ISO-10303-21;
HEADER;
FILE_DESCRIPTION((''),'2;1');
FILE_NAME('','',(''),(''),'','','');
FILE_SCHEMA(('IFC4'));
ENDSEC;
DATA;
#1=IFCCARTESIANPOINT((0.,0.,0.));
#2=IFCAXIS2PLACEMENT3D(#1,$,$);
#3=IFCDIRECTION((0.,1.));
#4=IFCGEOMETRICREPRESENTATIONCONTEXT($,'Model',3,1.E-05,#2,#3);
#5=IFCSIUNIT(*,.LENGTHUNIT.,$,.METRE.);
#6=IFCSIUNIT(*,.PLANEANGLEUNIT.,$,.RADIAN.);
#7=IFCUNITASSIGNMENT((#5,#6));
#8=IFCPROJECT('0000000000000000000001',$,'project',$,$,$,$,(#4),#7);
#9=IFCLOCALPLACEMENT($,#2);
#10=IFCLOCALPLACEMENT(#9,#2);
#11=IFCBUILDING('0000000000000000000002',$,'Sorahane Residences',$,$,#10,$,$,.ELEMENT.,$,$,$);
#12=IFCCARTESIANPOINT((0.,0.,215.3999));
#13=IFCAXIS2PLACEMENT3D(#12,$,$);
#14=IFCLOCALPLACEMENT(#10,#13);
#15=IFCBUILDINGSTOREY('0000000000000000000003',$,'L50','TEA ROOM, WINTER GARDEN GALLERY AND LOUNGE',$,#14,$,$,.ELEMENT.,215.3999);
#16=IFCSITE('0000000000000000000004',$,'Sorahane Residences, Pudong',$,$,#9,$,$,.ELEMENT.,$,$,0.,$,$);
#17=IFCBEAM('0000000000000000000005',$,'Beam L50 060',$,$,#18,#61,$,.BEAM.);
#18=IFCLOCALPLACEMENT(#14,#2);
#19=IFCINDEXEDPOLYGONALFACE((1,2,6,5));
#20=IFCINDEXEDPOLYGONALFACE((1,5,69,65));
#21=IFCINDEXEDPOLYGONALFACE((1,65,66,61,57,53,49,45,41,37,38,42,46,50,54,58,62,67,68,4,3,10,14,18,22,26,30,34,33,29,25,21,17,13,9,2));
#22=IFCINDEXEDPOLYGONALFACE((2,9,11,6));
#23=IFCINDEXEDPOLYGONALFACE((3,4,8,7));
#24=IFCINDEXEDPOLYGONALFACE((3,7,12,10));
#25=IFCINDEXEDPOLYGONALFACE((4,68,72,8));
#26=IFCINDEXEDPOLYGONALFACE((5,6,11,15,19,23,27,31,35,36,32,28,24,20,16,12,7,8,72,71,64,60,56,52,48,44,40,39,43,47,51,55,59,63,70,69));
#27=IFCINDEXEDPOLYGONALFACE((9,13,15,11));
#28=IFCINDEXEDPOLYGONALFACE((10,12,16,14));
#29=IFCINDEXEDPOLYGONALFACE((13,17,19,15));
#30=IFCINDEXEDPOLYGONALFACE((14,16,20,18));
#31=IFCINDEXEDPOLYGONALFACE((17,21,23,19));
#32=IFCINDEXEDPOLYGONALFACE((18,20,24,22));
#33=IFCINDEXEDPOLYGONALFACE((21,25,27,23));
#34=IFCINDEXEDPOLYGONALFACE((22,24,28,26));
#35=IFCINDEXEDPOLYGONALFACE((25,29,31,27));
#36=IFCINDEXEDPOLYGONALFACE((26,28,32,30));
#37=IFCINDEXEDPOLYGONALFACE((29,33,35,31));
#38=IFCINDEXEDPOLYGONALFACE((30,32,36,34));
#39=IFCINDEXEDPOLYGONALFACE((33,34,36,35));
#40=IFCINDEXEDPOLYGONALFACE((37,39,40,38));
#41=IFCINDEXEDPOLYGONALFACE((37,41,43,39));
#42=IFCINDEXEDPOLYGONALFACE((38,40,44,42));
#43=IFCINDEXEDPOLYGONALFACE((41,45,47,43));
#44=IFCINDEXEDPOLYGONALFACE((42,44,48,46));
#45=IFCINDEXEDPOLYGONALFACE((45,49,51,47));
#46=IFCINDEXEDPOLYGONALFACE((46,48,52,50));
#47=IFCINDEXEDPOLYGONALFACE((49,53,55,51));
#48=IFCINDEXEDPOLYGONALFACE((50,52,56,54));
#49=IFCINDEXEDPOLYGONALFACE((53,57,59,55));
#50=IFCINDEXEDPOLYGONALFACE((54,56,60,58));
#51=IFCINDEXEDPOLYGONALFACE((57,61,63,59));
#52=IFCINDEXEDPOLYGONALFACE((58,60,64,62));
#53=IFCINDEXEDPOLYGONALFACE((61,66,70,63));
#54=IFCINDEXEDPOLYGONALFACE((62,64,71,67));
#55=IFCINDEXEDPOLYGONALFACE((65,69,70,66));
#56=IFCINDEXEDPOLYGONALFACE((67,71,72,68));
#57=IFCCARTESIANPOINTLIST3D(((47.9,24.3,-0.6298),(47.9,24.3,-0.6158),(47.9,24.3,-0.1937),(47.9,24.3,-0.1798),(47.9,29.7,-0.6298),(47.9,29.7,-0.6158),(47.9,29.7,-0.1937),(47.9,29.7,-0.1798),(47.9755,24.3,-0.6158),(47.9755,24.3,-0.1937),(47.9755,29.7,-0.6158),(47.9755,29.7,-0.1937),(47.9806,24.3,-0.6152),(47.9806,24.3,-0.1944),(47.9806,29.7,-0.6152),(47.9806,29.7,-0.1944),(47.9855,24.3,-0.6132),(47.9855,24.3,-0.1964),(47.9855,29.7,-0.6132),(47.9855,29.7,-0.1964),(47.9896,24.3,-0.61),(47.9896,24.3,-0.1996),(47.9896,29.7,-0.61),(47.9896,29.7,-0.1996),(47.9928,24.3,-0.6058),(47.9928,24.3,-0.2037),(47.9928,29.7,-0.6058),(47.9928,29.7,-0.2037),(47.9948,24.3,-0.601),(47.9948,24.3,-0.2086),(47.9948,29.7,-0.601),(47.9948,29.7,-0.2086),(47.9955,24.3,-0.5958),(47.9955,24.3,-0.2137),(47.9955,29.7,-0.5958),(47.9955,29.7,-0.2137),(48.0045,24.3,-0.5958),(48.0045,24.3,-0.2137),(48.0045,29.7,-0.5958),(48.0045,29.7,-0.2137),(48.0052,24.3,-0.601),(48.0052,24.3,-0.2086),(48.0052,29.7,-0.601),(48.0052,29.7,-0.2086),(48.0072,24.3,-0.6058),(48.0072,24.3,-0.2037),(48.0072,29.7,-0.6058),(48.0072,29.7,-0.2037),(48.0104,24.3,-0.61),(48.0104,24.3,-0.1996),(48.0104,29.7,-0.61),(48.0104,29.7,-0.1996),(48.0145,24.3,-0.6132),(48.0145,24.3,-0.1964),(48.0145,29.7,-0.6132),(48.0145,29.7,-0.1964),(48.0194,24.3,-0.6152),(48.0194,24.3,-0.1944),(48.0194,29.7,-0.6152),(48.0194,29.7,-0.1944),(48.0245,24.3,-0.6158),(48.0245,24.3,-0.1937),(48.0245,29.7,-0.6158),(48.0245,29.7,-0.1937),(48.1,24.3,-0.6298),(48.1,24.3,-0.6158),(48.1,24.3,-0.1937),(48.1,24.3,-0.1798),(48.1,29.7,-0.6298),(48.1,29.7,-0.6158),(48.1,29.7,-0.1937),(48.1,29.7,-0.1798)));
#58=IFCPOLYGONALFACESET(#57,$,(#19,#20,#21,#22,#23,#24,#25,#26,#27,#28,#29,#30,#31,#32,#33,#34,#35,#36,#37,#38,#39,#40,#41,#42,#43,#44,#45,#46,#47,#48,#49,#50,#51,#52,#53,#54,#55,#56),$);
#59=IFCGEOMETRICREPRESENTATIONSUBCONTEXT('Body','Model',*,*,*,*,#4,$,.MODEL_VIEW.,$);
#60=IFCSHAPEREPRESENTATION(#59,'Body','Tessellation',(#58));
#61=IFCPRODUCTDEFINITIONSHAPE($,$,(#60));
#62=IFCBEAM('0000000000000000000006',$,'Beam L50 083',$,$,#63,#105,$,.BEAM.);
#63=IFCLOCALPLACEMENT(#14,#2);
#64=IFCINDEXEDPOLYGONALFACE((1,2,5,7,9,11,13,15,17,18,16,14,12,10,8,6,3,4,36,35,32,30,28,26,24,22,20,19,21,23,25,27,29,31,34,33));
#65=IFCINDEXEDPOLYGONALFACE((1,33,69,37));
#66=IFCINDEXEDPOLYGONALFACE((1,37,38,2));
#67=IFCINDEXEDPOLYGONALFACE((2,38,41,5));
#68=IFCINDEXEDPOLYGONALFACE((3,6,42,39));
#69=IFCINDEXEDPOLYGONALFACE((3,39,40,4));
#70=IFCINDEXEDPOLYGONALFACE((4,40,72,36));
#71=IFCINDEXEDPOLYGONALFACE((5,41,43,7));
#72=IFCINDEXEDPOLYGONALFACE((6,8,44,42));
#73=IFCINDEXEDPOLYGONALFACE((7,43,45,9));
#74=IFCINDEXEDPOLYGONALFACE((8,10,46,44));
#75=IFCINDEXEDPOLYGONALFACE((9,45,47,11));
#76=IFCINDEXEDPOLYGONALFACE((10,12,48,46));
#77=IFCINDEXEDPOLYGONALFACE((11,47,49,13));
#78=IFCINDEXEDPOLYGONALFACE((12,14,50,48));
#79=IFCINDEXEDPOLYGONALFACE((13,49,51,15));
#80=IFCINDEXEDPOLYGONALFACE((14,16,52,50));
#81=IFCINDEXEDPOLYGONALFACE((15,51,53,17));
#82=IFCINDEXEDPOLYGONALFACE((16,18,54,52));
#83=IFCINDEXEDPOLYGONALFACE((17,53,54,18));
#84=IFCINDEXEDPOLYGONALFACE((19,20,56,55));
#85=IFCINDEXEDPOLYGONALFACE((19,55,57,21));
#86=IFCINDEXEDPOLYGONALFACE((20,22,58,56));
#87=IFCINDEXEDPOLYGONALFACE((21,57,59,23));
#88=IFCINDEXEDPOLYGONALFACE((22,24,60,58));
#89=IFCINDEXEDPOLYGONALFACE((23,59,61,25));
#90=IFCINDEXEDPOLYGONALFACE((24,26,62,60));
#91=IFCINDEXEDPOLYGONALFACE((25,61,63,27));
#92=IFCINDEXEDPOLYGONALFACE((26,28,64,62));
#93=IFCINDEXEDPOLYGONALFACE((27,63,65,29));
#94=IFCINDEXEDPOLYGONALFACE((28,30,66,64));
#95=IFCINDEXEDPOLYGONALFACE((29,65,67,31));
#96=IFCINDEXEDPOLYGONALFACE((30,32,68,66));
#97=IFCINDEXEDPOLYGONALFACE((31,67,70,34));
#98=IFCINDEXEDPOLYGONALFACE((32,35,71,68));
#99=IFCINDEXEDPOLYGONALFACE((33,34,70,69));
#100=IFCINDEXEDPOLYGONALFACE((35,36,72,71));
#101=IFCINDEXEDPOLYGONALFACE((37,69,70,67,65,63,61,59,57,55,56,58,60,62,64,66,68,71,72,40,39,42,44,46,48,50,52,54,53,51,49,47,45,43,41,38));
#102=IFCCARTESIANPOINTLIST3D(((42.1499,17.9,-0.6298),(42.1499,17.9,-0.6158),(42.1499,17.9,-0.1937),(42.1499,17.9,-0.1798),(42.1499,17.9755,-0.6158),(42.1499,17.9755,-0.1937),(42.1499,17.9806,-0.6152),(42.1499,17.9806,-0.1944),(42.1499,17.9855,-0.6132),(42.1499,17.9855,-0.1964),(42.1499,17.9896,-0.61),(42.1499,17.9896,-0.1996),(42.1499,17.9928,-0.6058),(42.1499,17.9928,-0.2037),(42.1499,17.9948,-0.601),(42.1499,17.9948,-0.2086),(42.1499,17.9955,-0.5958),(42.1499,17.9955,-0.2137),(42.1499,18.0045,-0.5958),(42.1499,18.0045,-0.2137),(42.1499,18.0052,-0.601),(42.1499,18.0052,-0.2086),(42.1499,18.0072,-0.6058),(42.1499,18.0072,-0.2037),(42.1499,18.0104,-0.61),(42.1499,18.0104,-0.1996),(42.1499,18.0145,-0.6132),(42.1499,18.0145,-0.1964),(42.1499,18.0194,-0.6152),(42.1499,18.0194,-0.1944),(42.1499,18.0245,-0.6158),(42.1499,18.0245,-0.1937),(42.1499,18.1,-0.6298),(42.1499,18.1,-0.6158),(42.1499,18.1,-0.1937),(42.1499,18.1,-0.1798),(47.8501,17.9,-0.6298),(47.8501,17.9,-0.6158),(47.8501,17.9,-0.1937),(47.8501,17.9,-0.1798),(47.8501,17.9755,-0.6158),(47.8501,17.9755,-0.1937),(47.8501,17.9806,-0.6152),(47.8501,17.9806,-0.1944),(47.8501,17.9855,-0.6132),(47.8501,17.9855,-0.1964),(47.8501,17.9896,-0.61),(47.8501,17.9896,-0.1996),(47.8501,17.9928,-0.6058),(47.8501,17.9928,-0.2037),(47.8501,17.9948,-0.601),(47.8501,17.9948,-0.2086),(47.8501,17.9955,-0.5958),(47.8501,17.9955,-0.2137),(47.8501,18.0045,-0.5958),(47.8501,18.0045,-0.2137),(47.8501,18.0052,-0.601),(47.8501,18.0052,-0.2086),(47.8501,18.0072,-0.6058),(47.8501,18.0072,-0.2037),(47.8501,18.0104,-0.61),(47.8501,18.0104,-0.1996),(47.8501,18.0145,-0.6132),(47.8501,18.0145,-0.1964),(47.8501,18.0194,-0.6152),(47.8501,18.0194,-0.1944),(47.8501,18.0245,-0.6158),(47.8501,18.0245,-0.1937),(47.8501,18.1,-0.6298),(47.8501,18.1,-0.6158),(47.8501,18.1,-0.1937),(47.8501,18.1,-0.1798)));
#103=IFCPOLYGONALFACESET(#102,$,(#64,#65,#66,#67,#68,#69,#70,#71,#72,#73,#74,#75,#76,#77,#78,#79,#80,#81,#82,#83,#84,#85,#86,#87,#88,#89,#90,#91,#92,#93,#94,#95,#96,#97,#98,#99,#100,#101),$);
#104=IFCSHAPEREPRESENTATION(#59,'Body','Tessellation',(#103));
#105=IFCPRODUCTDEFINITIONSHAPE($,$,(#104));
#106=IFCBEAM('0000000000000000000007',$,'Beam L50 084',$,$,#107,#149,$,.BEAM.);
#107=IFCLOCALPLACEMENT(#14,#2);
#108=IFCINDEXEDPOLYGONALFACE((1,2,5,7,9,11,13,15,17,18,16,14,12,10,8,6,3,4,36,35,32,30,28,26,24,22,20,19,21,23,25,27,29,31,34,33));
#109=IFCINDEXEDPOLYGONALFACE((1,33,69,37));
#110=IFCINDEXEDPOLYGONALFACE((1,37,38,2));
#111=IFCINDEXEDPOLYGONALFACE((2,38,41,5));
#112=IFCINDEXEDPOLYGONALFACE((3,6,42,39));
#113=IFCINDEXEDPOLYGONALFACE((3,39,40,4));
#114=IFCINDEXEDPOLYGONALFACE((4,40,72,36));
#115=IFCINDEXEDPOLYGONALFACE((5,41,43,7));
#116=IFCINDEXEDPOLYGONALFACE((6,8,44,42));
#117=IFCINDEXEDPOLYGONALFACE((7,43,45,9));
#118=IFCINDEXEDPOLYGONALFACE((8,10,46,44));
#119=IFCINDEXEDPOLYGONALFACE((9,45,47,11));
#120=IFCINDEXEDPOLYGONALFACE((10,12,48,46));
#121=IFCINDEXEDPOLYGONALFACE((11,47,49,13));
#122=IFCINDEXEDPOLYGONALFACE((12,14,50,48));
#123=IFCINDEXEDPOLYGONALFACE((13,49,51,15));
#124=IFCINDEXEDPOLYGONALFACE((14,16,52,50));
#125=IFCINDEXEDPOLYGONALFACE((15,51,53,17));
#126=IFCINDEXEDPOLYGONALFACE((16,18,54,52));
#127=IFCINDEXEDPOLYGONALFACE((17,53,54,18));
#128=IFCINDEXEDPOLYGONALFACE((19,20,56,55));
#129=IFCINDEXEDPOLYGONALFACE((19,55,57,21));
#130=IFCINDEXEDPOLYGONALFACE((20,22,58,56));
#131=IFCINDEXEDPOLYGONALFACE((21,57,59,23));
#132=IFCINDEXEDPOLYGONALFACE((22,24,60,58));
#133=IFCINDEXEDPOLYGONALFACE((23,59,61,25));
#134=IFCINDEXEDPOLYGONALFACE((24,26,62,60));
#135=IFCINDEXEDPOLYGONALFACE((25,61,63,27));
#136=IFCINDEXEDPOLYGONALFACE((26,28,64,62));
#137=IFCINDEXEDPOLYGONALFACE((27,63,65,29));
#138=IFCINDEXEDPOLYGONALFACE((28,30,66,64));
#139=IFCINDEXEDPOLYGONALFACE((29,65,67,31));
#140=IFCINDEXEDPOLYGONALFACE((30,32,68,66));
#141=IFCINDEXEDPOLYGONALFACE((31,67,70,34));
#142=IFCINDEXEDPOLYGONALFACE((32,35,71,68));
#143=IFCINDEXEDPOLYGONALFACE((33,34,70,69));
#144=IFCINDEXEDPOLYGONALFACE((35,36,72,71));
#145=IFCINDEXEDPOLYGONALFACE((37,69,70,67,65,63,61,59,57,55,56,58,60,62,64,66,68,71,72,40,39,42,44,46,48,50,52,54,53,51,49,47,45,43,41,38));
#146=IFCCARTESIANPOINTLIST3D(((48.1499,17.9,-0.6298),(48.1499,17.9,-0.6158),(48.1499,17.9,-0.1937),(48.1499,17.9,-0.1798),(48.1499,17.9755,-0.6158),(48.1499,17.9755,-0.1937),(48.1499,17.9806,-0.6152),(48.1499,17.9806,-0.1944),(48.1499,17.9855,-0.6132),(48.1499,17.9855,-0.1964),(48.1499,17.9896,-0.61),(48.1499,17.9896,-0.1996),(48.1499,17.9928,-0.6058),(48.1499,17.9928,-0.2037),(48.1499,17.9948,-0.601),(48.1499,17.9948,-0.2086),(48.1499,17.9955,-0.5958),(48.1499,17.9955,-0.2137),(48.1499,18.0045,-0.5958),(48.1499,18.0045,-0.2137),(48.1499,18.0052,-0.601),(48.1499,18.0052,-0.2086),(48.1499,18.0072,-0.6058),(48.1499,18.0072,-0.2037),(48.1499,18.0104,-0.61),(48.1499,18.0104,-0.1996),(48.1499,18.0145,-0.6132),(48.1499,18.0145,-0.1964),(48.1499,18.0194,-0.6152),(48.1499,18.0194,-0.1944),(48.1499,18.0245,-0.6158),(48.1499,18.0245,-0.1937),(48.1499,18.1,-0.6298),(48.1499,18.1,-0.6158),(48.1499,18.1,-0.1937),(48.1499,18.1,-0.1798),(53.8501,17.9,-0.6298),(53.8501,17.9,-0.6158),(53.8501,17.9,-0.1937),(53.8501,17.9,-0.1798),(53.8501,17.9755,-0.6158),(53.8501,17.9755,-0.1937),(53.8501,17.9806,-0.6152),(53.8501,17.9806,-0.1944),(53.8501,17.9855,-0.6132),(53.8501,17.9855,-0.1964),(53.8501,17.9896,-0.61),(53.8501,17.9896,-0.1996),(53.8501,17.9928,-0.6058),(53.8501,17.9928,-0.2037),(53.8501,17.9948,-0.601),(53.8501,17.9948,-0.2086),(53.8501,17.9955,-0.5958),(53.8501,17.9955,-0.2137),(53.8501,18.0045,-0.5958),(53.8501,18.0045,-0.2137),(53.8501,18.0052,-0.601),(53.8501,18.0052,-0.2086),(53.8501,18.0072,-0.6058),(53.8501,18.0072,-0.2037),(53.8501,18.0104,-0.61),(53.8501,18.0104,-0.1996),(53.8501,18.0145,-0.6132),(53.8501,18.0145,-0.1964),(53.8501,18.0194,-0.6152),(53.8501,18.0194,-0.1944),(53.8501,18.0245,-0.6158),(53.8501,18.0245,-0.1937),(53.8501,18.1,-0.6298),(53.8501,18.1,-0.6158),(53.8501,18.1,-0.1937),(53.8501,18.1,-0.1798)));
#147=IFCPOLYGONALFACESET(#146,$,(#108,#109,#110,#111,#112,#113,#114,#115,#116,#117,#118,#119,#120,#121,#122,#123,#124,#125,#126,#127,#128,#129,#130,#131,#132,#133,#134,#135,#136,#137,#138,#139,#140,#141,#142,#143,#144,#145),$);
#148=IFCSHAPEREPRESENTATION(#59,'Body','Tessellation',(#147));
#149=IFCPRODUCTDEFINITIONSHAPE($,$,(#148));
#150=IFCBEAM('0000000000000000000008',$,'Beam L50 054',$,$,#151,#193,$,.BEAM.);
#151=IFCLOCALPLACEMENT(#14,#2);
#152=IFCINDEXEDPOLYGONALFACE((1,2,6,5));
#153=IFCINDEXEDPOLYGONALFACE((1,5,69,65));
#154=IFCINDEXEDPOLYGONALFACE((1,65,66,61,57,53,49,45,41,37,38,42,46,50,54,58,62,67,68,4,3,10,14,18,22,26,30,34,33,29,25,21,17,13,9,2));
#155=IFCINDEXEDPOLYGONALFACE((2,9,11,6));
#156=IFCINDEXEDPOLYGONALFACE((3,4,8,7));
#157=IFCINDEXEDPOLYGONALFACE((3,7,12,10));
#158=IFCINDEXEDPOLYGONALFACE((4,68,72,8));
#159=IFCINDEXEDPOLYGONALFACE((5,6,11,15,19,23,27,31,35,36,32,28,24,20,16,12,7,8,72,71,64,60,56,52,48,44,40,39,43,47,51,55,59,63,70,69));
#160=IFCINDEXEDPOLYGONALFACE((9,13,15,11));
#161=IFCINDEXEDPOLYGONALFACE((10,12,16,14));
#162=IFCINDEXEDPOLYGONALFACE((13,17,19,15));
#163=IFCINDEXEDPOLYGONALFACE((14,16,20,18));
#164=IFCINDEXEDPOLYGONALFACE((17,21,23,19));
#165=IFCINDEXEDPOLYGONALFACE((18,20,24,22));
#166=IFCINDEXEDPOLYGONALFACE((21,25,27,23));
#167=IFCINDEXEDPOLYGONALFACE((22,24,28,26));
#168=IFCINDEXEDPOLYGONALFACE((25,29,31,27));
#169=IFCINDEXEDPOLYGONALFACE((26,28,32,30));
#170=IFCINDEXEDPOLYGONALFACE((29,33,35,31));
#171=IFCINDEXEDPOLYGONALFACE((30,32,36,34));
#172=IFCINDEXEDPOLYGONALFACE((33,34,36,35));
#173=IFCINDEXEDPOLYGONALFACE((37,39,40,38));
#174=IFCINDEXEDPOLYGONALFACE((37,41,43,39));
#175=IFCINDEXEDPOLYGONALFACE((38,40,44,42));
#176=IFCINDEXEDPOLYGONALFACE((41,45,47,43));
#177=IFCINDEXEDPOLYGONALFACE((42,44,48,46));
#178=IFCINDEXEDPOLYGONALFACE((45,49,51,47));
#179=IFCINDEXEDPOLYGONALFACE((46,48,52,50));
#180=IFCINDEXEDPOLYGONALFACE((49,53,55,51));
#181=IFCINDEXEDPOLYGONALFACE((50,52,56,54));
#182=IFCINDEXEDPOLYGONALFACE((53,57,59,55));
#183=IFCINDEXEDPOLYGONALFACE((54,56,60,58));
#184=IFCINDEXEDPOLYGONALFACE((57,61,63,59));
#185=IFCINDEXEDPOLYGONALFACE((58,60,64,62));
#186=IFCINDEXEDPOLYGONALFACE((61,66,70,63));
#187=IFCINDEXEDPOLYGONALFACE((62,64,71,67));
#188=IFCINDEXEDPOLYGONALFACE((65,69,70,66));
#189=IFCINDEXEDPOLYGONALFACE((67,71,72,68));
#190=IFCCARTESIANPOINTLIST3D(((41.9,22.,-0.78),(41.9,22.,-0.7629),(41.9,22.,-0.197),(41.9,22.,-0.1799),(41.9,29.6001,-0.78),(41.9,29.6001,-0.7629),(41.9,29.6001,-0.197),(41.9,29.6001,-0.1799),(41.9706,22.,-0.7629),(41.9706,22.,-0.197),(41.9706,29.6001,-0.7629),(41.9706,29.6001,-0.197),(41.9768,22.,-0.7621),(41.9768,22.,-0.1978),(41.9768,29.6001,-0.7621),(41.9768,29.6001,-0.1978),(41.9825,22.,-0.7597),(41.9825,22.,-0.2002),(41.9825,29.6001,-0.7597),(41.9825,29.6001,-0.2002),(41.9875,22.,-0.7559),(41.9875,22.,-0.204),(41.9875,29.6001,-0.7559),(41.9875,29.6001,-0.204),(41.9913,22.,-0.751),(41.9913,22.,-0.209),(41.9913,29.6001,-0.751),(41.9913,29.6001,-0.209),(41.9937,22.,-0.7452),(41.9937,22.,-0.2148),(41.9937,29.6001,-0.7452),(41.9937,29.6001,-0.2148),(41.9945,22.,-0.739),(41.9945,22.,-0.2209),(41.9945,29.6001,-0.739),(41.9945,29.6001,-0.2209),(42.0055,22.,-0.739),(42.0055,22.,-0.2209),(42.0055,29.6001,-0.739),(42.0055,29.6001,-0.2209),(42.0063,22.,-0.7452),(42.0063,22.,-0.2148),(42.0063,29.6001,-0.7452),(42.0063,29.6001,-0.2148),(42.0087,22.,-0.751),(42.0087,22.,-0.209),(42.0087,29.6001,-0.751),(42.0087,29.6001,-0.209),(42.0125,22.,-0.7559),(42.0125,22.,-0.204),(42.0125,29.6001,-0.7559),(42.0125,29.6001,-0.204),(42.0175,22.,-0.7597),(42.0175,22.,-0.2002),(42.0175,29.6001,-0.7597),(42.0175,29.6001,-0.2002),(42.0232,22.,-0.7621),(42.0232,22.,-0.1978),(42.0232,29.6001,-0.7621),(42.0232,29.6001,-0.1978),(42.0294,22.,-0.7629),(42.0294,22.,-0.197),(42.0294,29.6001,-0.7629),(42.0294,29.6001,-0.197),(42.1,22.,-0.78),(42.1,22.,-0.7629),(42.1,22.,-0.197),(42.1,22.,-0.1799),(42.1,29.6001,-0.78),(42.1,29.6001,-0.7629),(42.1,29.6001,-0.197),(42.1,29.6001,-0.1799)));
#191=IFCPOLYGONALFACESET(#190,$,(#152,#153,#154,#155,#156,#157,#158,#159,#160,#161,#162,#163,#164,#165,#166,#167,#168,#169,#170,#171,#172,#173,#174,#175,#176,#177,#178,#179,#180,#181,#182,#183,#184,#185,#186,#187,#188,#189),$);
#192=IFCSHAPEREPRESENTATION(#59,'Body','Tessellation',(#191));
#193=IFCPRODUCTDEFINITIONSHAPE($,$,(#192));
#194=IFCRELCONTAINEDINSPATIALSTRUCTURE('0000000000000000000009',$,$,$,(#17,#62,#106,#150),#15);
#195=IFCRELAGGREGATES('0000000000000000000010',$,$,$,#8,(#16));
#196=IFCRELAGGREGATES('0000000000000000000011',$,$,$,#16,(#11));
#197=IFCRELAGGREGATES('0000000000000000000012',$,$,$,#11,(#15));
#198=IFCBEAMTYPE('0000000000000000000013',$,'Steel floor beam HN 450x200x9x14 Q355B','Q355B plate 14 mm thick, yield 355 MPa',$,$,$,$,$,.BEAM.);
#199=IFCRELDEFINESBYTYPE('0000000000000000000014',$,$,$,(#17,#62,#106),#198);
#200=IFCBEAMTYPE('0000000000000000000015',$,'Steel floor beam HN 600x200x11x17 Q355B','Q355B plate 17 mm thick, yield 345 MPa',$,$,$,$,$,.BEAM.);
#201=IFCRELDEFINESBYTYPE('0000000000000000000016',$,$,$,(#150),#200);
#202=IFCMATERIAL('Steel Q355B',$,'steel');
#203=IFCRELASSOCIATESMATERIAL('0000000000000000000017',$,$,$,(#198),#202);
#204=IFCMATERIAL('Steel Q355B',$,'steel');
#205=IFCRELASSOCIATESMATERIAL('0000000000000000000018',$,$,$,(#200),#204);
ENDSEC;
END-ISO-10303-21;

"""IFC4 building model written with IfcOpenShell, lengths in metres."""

from ifc_helpers import new_model, si_unit, direction, frame, origin, origin_2d, place, context, subcontext, project, spatial, i_section, extrude, material, material_profile, profile_set, type_object, element, save


model = new_model("IFC4")

# Units and contexts
model_context = context("Model", 3, precision=1e-05, world=origin(), true_north=direction((0.0, 1.0)))
body_context = subcontext(model_context, "Body", "Model", "MODEL_VIEW")
ifc_project = project(units=[si_unit("LENGTHUNIT", "METRE"), si_unit("PLANEANGLEUNIT", "RADIAN")], contexts=[model_context])

# Site, building, storey
site_placement = place(None, origin())
site = spatial("IfcSite", under=ifc_project, at=site_placement, Name="Sorahane Residences, Pudong", CompositionType="ELEMENT", RefElevation=0.0)
building_placement = place(site_placement, origin())
building = spatial("IfcBuilding", under=site, at=building_placement, Name="Sorahane Residences", CompositionType="ELEMENT")
storey_placement = place(building_placement, frame((0.0, 0.0, 215.3999)))
storey = spatial("IfcBuildingStorey", under=building, at=storey_placement, Name="L50", Description="TEA ROOM, WINTER GARDEN GALLERY AND LOUNGE", CompositionType="ELEMENT", Elevation=215.3999)

# Beams
ifc_material_1 = material(Name="Steel Q355B", Category="steel")
ifc_material_profile_1 = material_profile(ifc_material_1, i_section(OverallWidth=0.2, OverallDepth=0.45, WebThickness=0.009, FlangeThickness=0.0139, FilletRadius=0.02, at=origin_2d()), Name="HN 450x200x9x14")
ifc_profile_set_1 = profile_set([ifc_material_profile_1], Name="Steel Q355B")
beam_type_1 = type_object("IfcBeamType", Name="Steel floor beam HN 450x200x9x14 Q355B", Description="Q355B plate 14 mm thick, yield 355 MPa", PredefinedType="BEAM", material=ifc_profile_set_1)
beam_1_placement = place(storey_placement, frame((48.0, 24.3, -0.4048), z_axis=(0.0, 1.0, 0.0), x_axis=(-1.0, 0.0, 0.0)))
element("IfcBeam", 1, at=beam_1_placement, inside=storey, type_object=beam_type_1, Name="Beam L50 060", PredefinedType="BEAM", context=body_context, shape_type="SweptSolid", body=[
    extrude(i_section(OverallWidth=0.2, OverallDepth=0.45, WebThickness=0.009, FlangeThickness=0.0139, FilletRadius=0.02, at=origin_2d()), origin(), (0.0, 0.0, 1.0), 5.3999),
])
for number, where, z_axis, x_axis, name in (
    (2, (42.1499, 18.0, -0.4048), (1.0, 0.0, 0.0), (0.0, 1.0, 0.0), "Beam L50 083"),
    (3, (48.1499, 18.0, -0.4048), (1.0, 0.0, 0.0), (0.0, 1.0, 0.0), "Beam L50 084"),
):
    element("IfcBeam", number, at=place(storey_placement, frame(where, z_axis=z_axis, x_axis=x_axis)), inside=storey, type_object=beam_type_1, Name=name, PredefinedType="BEAM", context=body_context, shape_type="SweptSolid", body=[
        extrude(i_section(OverallWidth=0.2, OverallDepth=0.45, WebThickness=0.009, FlangeThickness=0.0139, FilletRadius=0.02, at=origin_2d()), origin(), (0.0, 0.0, 1.0), 5.7002),
    ])
ifc_material_2 = material(Name="Steel Q355B", Category="steel")
ifc_material_profile_2 = material_profile(ifc_material_2, i_section(OverallWidth=0.2, OverallDepth=0.6001, WebThickness=0.011, FlangeThickness=0.0171, FilletRadius=0.0239, at=origin_2d()), Name="HN 600x200x11x17")
ifc_profile_set_2 = profile_set([ifc_material_profile_2], Name="Steel Q355B")
beam_type_2 = type_object("IfcBeamType", Name="Steel floor beam HN 600x200x11x17 Q355B", Description="Q355B plate 17 mm thick, yield 345 MPa", PredefinedType="BEAM", material=ifc_profile_set_2)
beam_2_placement = place(storey_placement, frame((42.0, 22.0, -0.48), z_axis=(0.0, 1.0, 0.0), x_axis=(-1.0, 0.0, 0.0)))
element("IfcBeam", 4, at=beam_2_placement, inside=storey, type_object=beam_type_2, Name="Beam L50 054", PredefinedType="BEAM", context=body_context, shape_type="SweptSolid", body=[
    extrude(i_section(OverallWidth=0.2, OverallDepth=0.6001, WebThickness=0.011, FlangeThickness=0.0171, FilletRadius=0.0239, at=origin_2d()), origin(), (0.0, 0.0, 1.0), 7.6001),
])

save(model, "model.ifc")
